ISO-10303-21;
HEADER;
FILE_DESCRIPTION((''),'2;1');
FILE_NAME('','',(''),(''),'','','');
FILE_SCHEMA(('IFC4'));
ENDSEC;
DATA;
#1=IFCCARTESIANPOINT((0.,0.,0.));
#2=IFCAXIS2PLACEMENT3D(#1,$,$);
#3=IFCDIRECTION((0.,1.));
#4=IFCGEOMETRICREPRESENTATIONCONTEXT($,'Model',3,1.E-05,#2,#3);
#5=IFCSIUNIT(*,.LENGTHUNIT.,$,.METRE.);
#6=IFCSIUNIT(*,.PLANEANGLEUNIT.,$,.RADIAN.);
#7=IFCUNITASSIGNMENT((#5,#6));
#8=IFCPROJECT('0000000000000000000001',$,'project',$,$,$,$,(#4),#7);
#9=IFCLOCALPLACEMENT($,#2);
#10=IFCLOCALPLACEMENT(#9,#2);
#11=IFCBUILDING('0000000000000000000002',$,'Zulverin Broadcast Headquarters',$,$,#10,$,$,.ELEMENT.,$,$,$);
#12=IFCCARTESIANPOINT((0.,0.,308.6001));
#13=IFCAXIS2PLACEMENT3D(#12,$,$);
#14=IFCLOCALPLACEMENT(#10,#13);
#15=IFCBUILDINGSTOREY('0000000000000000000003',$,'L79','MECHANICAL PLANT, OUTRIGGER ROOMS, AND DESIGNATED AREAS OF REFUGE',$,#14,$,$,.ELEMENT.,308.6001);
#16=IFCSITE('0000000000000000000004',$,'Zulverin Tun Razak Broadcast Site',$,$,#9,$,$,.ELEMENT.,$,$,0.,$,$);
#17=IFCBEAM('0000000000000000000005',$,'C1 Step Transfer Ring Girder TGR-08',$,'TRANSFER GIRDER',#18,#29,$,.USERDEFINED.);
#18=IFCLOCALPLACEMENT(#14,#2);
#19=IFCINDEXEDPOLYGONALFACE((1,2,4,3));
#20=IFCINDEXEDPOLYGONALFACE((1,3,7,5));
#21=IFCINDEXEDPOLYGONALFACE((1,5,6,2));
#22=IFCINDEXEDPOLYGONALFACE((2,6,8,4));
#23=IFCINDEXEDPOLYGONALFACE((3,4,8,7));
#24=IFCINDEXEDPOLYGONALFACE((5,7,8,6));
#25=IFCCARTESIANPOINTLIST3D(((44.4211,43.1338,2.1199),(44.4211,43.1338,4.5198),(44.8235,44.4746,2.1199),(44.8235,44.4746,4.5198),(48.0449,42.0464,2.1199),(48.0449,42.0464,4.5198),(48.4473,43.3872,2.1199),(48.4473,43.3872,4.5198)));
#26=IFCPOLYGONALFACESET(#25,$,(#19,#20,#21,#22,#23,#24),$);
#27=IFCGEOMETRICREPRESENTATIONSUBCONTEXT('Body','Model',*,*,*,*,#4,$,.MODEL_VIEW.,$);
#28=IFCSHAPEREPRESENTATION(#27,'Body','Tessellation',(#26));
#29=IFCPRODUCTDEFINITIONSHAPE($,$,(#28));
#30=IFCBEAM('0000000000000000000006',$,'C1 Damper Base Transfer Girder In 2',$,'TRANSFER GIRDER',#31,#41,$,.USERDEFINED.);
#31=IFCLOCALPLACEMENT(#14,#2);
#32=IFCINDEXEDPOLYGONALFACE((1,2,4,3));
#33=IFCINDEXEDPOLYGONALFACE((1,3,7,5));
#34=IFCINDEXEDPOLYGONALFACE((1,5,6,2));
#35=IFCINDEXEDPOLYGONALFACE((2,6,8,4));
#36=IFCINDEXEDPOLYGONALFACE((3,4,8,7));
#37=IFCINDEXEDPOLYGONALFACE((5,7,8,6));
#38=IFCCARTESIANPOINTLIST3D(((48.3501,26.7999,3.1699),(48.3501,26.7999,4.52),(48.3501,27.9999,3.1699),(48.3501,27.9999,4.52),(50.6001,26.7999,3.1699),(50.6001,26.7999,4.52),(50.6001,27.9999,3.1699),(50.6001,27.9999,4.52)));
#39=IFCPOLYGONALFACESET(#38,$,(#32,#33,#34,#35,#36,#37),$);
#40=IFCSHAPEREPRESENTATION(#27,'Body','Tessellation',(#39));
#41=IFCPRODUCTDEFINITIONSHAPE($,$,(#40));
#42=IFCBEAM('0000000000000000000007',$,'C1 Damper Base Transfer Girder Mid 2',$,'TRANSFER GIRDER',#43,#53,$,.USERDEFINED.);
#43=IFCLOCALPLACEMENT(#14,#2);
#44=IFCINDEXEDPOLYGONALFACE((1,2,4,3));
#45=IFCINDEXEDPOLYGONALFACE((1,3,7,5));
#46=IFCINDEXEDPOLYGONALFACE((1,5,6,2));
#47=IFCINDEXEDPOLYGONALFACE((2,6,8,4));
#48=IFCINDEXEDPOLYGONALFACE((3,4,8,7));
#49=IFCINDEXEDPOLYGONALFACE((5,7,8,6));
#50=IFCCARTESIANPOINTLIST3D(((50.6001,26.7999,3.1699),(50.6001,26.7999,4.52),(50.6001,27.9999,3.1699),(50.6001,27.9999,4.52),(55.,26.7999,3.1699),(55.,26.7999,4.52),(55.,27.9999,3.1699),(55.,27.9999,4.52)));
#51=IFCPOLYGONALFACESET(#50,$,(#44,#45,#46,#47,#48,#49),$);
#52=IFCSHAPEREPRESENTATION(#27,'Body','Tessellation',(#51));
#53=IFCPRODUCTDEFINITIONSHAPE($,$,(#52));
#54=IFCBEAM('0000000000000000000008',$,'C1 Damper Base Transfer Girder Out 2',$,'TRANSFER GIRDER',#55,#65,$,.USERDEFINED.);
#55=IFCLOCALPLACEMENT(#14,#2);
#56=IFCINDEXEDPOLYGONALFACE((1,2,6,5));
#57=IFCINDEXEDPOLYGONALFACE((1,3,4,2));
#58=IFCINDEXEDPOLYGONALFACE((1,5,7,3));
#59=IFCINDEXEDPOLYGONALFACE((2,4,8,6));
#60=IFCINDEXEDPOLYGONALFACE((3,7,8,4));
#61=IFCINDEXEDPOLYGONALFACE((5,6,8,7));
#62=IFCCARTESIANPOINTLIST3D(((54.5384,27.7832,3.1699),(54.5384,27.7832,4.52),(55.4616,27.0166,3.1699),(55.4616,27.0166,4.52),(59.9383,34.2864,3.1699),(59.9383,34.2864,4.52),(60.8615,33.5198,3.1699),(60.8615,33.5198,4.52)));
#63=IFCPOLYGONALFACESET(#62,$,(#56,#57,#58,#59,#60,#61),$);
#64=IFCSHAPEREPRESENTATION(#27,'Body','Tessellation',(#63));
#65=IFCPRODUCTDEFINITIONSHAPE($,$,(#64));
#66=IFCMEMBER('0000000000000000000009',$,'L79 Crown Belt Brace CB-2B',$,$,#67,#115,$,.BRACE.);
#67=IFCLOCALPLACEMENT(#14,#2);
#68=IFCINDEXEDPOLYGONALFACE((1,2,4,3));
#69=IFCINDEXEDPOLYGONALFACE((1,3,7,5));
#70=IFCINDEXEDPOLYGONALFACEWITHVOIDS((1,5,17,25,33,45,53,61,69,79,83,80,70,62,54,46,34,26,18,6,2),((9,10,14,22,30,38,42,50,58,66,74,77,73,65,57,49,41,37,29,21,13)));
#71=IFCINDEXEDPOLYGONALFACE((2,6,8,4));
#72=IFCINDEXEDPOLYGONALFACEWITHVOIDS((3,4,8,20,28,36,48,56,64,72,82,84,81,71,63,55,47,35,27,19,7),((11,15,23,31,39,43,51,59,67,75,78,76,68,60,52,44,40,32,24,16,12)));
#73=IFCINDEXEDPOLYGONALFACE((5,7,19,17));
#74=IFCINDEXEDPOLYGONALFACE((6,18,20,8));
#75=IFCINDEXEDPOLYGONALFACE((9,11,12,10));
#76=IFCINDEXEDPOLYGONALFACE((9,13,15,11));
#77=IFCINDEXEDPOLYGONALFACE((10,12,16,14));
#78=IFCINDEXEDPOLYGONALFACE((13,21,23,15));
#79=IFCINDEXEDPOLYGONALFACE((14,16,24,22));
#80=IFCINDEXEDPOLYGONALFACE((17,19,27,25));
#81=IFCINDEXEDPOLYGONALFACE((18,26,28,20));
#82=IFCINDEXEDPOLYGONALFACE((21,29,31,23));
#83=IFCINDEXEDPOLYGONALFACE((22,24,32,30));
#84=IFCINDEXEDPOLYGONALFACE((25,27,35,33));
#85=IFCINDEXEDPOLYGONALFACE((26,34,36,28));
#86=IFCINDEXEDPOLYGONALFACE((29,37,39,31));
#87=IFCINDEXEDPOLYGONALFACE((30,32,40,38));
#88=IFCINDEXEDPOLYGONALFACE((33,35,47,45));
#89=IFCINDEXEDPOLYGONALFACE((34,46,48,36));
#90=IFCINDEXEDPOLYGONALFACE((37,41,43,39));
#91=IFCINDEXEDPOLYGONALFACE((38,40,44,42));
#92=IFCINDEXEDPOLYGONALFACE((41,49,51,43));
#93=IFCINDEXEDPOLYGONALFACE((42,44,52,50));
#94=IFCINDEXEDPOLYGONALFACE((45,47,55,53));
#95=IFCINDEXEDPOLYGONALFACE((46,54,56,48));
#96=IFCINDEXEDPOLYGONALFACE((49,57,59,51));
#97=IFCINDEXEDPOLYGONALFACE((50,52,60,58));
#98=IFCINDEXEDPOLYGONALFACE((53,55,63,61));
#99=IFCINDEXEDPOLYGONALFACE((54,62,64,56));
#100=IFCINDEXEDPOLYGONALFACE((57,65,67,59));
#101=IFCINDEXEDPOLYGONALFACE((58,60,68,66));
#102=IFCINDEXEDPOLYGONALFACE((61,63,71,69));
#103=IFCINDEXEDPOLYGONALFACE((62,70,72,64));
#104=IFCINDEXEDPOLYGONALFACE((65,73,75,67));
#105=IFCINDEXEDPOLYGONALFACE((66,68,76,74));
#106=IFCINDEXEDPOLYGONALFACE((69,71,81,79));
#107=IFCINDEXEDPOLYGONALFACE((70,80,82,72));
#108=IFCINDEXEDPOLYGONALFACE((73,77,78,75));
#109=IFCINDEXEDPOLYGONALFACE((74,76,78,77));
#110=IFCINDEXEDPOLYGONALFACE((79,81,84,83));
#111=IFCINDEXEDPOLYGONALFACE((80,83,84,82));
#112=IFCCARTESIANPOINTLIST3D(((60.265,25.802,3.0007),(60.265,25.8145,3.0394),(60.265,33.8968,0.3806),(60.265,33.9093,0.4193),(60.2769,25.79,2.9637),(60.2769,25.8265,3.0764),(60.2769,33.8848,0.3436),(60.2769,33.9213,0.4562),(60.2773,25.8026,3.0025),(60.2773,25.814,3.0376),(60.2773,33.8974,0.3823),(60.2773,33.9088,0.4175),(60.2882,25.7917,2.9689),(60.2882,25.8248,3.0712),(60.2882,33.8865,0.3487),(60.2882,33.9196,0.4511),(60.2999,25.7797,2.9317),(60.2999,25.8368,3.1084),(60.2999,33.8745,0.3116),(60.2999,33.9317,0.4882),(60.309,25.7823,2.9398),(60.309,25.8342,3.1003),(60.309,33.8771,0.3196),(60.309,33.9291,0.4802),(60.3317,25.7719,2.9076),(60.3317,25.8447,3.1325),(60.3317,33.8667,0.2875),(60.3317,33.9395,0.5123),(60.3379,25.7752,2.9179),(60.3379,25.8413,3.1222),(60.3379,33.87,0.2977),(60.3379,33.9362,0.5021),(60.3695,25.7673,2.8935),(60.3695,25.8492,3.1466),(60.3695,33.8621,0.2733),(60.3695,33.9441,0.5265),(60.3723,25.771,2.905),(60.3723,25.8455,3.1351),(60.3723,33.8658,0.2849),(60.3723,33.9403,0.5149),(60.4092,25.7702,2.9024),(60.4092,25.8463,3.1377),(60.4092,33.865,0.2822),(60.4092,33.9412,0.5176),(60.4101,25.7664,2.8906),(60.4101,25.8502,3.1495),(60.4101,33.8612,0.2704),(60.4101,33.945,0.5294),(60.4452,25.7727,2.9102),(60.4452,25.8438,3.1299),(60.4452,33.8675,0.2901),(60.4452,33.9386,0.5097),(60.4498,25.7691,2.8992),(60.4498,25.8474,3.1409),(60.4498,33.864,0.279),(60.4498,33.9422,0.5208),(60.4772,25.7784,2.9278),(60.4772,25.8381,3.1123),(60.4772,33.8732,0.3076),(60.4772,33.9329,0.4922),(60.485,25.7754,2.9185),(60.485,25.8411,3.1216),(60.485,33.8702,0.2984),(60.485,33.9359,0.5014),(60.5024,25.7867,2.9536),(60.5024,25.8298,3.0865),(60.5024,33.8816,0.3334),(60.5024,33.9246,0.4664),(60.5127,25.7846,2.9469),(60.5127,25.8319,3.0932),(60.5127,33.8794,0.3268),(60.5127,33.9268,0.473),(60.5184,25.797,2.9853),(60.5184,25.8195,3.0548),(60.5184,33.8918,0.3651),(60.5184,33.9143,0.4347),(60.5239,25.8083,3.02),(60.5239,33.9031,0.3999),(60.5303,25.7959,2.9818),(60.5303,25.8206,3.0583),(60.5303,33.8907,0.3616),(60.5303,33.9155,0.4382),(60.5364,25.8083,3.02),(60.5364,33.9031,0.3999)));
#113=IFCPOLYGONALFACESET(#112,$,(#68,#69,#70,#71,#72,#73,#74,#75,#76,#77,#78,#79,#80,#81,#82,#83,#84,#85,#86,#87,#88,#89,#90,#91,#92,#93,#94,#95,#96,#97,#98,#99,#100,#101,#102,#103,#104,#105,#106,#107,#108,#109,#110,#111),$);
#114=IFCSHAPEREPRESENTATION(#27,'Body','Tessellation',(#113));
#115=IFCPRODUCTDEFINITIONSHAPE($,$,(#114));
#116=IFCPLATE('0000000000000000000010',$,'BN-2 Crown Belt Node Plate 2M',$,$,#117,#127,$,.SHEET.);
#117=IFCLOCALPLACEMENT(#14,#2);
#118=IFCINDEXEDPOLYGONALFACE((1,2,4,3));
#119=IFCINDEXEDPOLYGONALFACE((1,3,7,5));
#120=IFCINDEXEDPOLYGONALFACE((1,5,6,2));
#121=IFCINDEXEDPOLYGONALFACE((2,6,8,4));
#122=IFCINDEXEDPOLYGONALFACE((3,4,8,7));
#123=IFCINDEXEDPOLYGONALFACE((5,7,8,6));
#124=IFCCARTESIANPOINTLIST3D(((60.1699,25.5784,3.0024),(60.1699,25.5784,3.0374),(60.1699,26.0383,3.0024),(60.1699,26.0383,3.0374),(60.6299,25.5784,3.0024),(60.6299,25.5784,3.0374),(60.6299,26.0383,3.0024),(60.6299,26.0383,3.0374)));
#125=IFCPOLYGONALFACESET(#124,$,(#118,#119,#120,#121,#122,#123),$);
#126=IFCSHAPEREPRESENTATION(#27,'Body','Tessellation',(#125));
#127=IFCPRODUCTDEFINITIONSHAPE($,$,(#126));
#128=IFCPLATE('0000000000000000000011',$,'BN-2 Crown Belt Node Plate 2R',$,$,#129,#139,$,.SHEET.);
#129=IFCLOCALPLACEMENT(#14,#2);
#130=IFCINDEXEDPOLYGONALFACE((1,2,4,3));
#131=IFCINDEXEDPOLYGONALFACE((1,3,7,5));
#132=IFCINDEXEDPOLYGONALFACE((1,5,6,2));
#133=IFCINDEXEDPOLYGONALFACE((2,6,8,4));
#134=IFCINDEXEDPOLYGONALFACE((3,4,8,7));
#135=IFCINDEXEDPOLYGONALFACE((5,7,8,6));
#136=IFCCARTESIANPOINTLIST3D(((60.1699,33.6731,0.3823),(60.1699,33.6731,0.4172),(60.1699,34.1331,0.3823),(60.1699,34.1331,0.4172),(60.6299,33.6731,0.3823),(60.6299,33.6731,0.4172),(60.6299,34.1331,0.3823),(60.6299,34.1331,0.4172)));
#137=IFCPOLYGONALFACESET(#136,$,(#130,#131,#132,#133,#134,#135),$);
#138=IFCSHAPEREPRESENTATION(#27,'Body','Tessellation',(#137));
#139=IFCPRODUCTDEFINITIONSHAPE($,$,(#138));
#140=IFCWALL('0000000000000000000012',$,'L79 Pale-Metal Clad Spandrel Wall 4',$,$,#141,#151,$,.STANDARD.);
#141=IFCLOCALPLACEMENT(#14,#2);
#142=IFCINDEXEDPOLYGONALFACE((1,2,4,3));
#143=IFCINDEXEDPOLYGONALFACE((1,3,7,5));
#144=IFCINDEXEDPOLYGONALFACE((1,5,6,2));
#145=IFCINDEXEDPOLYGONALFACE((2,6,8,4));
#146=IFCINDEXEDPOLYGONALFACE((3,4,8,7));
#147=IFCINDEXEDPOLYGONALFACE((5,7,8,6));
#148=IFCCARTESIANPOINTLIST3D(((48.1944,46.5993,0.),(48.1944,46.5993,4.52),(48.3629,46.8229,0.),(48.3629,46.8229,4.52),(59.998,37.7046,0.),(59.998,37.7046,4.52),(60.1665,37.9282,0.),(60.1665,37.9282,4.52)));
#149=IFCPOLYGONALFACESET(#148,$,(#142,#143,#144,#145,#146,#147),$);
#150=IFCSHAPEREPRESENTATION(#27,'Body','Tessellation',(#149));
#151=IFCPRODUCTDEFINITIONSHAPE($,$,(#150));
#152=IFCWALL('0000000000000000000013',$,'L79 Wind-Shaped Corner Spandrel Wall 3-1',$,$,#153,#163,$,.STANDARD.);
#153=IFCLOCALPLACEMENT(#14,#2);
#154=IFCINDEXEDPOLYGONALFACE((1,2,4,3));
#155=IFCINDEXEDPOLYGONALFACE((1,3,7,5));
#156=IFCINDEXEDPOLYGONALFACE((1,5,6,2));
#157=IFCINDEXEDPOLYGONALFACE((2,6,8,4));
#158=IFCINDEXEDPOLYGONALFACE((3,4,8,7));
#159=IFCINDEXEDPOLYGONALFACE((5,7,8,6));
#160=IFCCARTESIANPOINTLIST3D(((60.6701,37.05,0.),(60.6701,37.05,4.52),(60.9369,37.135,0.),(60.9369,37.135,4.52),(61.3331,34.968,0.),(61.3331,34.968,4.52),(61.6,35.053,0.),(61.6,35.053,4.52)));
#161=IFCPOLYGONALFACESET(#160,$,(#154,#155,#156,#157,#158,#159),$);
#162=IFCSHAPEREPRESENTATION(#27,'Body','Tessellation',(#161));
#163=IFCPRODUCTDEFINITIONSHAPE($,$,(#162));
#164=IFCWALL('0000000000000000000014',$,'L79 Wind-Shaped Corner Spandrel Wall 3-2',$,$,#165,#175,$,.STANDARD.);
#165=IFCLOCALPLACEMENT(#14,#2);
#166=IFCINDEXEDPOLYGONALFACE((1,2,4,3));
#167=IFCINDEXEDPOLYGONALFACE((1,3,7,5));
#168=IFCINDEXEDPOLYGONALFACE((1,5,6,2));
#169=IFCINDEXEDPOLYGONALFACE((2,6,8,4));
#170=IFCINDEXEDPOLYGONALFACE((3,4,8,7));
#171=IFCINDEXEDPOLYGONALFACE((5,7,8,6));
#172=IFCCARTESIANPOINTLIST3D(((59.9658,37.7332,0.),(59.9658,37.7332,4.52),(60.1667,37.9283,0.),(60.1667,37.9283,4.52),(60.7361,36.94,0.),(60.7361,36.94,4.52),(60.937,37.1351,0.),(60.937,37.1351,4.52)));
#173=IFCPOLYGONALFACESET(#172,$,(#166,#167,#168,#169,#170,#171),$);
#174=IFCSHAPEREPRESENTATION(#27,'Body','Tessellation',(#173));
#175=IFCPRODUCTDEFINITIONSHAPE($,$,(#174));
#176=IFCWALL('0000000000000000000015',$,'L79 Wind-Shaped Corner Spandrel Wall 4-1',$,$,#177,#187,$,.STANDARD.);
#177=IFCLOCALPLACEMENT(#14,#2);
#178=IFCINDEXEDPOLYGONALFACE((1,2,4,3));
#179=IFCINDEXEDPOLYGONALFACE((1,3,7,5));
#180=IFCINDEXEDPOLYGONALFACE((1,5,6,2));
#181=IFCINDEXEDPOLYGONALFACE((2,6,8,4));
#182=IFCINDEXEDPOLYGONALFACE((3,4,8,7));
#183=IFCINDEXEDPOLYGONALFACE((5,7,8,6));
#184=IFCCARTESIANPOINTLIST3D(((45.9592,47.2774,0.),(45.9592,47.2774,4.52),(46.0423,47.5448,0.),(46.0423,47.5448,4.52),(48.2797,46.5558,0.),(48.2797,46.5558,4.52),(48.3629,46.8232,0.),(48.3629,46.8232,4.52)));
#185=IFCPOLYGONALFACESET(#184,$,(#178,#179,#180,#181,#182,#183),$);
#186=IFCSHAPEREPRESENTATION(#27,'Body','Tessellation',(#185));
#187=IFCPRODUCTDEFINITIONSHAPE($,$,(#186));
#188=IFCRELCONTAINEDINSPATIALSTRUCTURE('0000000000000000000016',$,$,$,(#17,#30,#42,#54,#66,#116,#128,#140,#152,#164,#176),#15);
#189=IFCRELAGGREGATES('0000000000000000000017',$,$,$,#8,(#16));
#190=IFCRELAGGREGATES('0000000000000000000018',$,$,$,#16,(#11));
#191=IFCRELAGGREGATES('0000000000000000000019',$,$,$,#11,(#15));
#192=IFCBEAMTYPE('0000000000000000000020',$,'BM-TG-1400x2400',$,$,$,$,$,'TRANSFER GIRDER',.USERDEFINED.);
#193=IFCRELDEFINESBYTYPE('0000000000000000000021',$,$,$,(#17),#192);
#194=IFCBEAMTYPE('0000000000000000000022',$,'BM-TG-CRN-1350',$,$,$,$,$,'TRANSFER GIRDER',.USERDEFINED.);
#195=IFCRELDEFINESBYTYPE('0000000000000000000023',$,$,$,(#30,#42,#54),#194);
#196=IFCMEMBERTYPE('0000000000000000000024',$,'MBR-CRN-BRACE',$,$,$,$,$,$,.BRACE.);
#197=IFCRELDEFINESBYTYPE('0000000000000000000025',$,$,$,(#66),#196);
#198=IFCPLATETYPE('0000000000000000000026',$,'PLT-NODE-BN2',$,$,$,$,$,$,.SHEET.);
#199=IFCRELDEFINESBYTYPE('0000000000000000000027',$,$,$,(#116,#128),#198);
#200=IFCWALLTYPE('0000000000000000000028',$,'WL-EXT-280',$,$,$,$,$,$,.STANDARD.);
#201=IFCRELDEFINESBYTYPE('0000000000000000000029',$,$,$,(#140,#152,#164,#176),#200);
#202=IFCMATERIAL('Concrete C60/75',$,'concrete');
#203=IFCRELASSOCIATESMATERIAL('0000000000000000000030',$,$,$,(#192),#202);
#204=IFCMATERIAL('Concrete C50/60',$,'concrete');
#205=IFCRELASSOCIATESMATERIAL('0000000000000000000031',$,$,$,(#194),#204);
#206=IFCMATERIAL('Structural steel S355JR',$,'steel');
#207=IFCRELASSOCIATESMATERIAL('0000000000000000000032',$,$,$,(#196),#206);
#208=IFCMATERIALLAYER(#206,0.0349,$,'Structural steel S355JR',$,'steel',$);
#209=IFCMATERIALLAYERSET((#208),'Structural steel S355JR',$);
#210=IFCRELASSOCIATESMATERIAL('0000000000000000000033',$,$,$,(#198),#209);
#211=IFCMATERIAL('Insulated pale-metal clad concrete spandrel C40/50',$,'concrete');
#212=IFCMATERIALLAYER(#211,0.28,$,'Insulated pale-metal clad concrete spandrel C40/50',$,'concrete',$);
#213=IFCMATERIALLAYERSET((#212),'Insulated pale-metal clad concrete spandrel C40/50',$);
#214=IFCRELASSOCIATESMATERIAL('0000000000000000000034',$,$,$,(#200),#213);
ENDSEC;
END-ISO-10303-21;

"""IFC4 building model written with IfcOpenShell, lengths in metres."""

from ifc_helpers import new_model, si_unit, direction, frame, frame_2d, origin, origin_2d, place, context, subcontext, project, spatial, rectangle, hollow_circle, extrude, material, layer, layer_set, material_profile, profile_set, type_object, element, save


model = new_model("IFC4")

# Units and contexts
model_context = context("Model", 3, precision=1e-05, world=origin(), true_north=direction((0.0, 1.0)))
body_context = subcontext(model_context, "Body", "Model", "MODEL_VIEW")
ifc_project = project(units=[si_unit("LENGTHUNIT", "METRE"), si_unit("PLANEANGLEUNIT", "RADIAN")], contexts=[model_context])

# Site, building, storey
site_placement = place(None, origin())
site = spatial("IfcSite", under=ifc_project, at=site_placement, Name="Zulverin Tun Razak Broadcast Site", CompositionType="ELEMENT", RefElevation=0.0)
building_placement = place(site_placement, origin())
building = spatial("IfcBuilding", under=site, at=building_placement, Name="Zulverin Broadcast Headquarters", CompositionType="ELEMENT")
storey_placement = place(building_placement, frame((0.0, 0.0, 308.6001)))
storey = spatial("IfcBuildingStorey", under=building, at=storey_placement, Name="L79", Description="MECHANICAL PLANT, OUTRIGGER ROOMS, AND DESIGNATED AREAS OF REFUGE", CompositionType="ELEMENT", Elevation=308.6001)

# Shared definitions
ifc_material_1 = material(Name="Concrete C50/60", Category="concrete")

# Beams
ifc_material_2 = material(Name="Concrete C60/75", Category="concrete")
ifc_material_profile_1 = material_profile(ifc_material_2, rectangle(XDim=1.3999, YDim=2.3999, at=origin_2d()), Name="Concrete C60/75", Category="concrete")
ifc_profile_set_1 = profile_set([ifc_material_profile_1], Name="Concrete C60/75")
beam_type_1 = type_object("IfcBeamType", Name="BM-TG-1400x2400", ElementType="TRANSFER GIRDER", PredefinedType="USERDEFINED", material=ifc_profile_set_1)
beam_1_placement = place(storey_placement, frame((48.2461, 42.7168, 3.3198), z_axis=(-0.957807, 0.287413, 0.0), x_axis=(-0.287413, -0.957807, 0.0)))
element("IfcBeam", 1, at=beam_1_placement, inside=storey, type_object=beam_type_1, Name="C1 Step Transfer Ring Girder TGR-08", ObjectType="TRANSFER GIRDER", PredefinedType="USERDEFINED", context=body_context, shape_type="SweptSolid", body=[
    extrude(rectangle(XDim=1.3999, YDim=2.3999, at=origin_2d()), origin(), (0.0, 0.0, 1.0), 3.7834),
])
ifc_material_profile_2 = material_profile(ifc_material_1, rectangle(XDim=1.2, YDim=1.3501, at=origin_2d()), Name="Concrete C50/60", Category="concrete")
ifc_profile_set_2 = profile_set([ifc_material_profile_2], Name="Concrete C50/60")
beam_type_2 = type_object("IfcBeamType", Name="BM-TG-CRN-1350", ElementType="TRANSFER GIRDER", PredefinedType="USERDEFINED", material=ifc_profile_set_2)
beam_2_placement = place(storey_placement, frame((48.3501, 27.3999, 3.845), z_axis=(1.0, 0.0, 0.0), x_axis=(0.0, 1.0, 0.0)))
element("IfcBeam", 2, at=beam_2_placement, inside=storey, type_object=beam_type_2, Name="C1 Damper Base Transfer Girder In 2", ObjectType="TRANSFER GIRDER", PredefinedType="USERDEFINED", context=body_context, shape_type="SweptSolid", body=[
    extrude(rectangle(XDim=1.2, YDim=1.3501, at=origin_2d()), origin(), (0.0, 0.0, 1.0), 2.25),
])
beam_3_placement = place(storey_placement, frame((50.6001, 27.3999, 3.845), z_axis=(1.0, 0.0, 0.0), x_axis=(0.0, 1.0, 0.0)))
element("IfcBeam", 3, at=beam_3_placement, inside=storey, type_object=beam_type_2, Name="C1 Damper Base Transfer Girder Mid 2", ObjectType="TRANSFER GIRDER", PredefinedType="USERDEFINED", context=body_context, shape_type="SweptSolid", body=[
    extrude(rectangle(XDim=1.2, YDim=1.3501, at=origin_2d()), origin(), (0.0, 0.0, 1.0), 4.3999),
])
beam_4_placement = place(storey_placement, frame((55.0, 27.3999, 3.845), z_axis=(0.638828, 0.769349, 0.0), x_axis=(-0.769349, 0.638828, 0.0)))
element("IfcBeam", 4, at=beam_4_placement, inside=storey, type_object=beam_type_2, Name="C1 Damper Base Transfer Girder Out 2", ObjectType="TRANSFER GIRDER", PredefinedType="USERDEFINED", context=body_context, shape_type="SweptSolid", body=[
    extrude(rectangle(XDim=1.2, YDim=1.3501, at=origin_2d()), origin(), (0.0, 0.0, 1.0), 8.4529),
])

# Member
ifc_material_3 = material(Name="Structural steel S355JR", Category="steel")
ifc_material_profile_3 = material_profile(ifc_material_3, hollow_circle(Radius=0.1365, WallThickness=0.0125, at=origin_2d()), Name="Structural steel S355JR", Category="steel")
ifc_profile_set_3 = profile_set([ifc_material_profile_3], Name="Structural steel S355JR")
member_type = type_object("IfcMemberType", Name="MBR-CRN-BRACE", PredefinedType="BRACE", material=ifc_profile_set_3)
member_placement = place(storey_placement, frame((60.3999, 33.9031, 0.3999), z_axis=(0.0, -0.951402, 0.307952), x_axis=(1.0, 0.0, 0.0)))
element("IfcMember", 5, at=member_placement, inside=storey, type_object=member_type, Name="L79 Crown Belt Brace CB-2B", PredefinedType="BRACE", context=body_context, shape_type="SweptSolid", body=[
    extrude(hollow_circle(Radius=0.1365, WallThickness=0.0125, at=origin_2d()), origin(), (0.0, 0.0, 1.0), 8.5083),
])

# Plates
ifc_layer_1 = layer(ifc_material_3, 0.0349, Name="Structural steel S355JR", Category="steel")
ifc_layer_set_1 = layer_set([ifc_layer_1], Name="Structural steel S355JR")
plate_type = type_object("IfcPlateType", Name="PLT-NODE-BN2", PredefinedType="SHEET", material=ifc_layer_set_1)
for number, where, z_axis, x_axis, name in (
    (6, (60.3999, 25.8083, 3.0024), (0.0, 0.0, 1.0), (1.0, 0.0, 0.0), "BN-2 Crown Belt Node Plate 2M"),
    (7, (60.3999, 33.9031, 0.3823), (0.0, 0.0, 1.0), (1.0, 0.0, 0.0), "BN-2 Crown Belt Node Plate 2R"),
):
    element("IfcPlate", number, at=place(storey_placement, frame(where, z_axis=z_axis, x_axis=x_axis)), inside=storey, type_object=plate_type, Name=name, PredefinedType="SHEET", context=body_context, shape_type="SweptSolid", body=[
        extrude(rectangle(XDim=0.46, YDim=0.46, at=origin_2d()), origin(), (0.0, 0.0, 1.0), 0.0349),
    ])

# Walls
ifc_material_4 = material(Name="Insulated pale-metal clad concrete spandrel C40/50", Category="concrete")
ifc_layer_2 = layer(ifc_material_4, 0.28, Name="Insulated pale-metal clad concrete spandrel C40/50", Category="concrete")
ifc_layer_set_2 = layer_set([ifc_layer_2], Name="Insulated pale-metal clad concrete spandrel C40/50")
wall_type = type_object("IfcWallType", Name="WL-EXT-280", PredefinedType="STANDARD", material=ifc_layer_set_2)
wall_1_placement = place(storey_placement, frame((60.0823, 37.8164, 0.0), z_axis=(0.0, 0.0, 1.0), x_axis=(-0.798634, 0.601817, 0.0)))
element("IfcWall", 8, at=wall_1_placement, inside=storey, type_object=wall_type, Name="L79 Pale-Metal Clad Spandrel Wall 4", PredefinedType="STANDARD", context=body_context, shape_type="SweptSolid", body=[
    extrude(rectangle(XDim=14.7798, YDim=0.28, at=frame_2d((7.3899, 0.0))), origin(), (0.0, 0.0, 1.0), 4.52),
])
wall_2_placement = place(storey_placement, frame((61.4666, 35.0105, 0.0), z_axis=(0.0, 0.0, 1.0), x_axis=(-0.303462, 0.952844, 0.0)))
element("IfcWall", 9, at=wall_2_placement, inside=storey, type_object=wall_type, Name="L79 Wind-Shaped Corner Spandrel Wall 3-1", PredefinedType="STANDARD", context=body_context, shape_type="SweptSolid", body=[
    extrude(rectangle(XDim=2.1851, YDim=0.28, at=frame_2d((1.0925, 0.0))), origin(), (0.0, 0.0, 1.0), 4.52),
])
wall_3_placement = place(storey_placement, frame((60.8364, 37.0376, 0.0), z_axis=(0.0, 0.0, 1.0), x_axis=(-0.696653, 0.717409, 0.0)))
element("IfcWall", 10, at=wall_3_placement, inside=storey, type_object=wall_type, Name="L79 Wind-Shaped Corner Spandrel Wall 3-2", PredefinedType="STANDARD", context=body_context, shape_type="SweptSolid", body=[
    extrude(rectangle(XDim=1.1057, YDim=0.28, at=frame_2d((0.5527, 0.0))), origin(), (0.0, 0.0, 1.0), 4.52),
])
wall_4_placement = place(storey_placement, frame((48.3213, 46.6895, 0.0), z_axis=(0.0, 0.0, 1.0), x_axis=(-0.954888, 0.296965, 0.0)))
element("IfcWall", 11, at=wall_4_placement, inside=storey, type_object=wall_type, Name="L79 Wind-Shaped Corner Spandrel Wall 4-1", PredefinedType="STANDARD", context=body_context, shape_type="SweptSolid", body=[
    extrude(rectangle(XDim=2.4302, YDim=0.28, at=frame_2d((1.2151, 0.0))), origin(), (0.0, 0.0, 1.0), 4.52),
])

save(model, "model.ifc")
